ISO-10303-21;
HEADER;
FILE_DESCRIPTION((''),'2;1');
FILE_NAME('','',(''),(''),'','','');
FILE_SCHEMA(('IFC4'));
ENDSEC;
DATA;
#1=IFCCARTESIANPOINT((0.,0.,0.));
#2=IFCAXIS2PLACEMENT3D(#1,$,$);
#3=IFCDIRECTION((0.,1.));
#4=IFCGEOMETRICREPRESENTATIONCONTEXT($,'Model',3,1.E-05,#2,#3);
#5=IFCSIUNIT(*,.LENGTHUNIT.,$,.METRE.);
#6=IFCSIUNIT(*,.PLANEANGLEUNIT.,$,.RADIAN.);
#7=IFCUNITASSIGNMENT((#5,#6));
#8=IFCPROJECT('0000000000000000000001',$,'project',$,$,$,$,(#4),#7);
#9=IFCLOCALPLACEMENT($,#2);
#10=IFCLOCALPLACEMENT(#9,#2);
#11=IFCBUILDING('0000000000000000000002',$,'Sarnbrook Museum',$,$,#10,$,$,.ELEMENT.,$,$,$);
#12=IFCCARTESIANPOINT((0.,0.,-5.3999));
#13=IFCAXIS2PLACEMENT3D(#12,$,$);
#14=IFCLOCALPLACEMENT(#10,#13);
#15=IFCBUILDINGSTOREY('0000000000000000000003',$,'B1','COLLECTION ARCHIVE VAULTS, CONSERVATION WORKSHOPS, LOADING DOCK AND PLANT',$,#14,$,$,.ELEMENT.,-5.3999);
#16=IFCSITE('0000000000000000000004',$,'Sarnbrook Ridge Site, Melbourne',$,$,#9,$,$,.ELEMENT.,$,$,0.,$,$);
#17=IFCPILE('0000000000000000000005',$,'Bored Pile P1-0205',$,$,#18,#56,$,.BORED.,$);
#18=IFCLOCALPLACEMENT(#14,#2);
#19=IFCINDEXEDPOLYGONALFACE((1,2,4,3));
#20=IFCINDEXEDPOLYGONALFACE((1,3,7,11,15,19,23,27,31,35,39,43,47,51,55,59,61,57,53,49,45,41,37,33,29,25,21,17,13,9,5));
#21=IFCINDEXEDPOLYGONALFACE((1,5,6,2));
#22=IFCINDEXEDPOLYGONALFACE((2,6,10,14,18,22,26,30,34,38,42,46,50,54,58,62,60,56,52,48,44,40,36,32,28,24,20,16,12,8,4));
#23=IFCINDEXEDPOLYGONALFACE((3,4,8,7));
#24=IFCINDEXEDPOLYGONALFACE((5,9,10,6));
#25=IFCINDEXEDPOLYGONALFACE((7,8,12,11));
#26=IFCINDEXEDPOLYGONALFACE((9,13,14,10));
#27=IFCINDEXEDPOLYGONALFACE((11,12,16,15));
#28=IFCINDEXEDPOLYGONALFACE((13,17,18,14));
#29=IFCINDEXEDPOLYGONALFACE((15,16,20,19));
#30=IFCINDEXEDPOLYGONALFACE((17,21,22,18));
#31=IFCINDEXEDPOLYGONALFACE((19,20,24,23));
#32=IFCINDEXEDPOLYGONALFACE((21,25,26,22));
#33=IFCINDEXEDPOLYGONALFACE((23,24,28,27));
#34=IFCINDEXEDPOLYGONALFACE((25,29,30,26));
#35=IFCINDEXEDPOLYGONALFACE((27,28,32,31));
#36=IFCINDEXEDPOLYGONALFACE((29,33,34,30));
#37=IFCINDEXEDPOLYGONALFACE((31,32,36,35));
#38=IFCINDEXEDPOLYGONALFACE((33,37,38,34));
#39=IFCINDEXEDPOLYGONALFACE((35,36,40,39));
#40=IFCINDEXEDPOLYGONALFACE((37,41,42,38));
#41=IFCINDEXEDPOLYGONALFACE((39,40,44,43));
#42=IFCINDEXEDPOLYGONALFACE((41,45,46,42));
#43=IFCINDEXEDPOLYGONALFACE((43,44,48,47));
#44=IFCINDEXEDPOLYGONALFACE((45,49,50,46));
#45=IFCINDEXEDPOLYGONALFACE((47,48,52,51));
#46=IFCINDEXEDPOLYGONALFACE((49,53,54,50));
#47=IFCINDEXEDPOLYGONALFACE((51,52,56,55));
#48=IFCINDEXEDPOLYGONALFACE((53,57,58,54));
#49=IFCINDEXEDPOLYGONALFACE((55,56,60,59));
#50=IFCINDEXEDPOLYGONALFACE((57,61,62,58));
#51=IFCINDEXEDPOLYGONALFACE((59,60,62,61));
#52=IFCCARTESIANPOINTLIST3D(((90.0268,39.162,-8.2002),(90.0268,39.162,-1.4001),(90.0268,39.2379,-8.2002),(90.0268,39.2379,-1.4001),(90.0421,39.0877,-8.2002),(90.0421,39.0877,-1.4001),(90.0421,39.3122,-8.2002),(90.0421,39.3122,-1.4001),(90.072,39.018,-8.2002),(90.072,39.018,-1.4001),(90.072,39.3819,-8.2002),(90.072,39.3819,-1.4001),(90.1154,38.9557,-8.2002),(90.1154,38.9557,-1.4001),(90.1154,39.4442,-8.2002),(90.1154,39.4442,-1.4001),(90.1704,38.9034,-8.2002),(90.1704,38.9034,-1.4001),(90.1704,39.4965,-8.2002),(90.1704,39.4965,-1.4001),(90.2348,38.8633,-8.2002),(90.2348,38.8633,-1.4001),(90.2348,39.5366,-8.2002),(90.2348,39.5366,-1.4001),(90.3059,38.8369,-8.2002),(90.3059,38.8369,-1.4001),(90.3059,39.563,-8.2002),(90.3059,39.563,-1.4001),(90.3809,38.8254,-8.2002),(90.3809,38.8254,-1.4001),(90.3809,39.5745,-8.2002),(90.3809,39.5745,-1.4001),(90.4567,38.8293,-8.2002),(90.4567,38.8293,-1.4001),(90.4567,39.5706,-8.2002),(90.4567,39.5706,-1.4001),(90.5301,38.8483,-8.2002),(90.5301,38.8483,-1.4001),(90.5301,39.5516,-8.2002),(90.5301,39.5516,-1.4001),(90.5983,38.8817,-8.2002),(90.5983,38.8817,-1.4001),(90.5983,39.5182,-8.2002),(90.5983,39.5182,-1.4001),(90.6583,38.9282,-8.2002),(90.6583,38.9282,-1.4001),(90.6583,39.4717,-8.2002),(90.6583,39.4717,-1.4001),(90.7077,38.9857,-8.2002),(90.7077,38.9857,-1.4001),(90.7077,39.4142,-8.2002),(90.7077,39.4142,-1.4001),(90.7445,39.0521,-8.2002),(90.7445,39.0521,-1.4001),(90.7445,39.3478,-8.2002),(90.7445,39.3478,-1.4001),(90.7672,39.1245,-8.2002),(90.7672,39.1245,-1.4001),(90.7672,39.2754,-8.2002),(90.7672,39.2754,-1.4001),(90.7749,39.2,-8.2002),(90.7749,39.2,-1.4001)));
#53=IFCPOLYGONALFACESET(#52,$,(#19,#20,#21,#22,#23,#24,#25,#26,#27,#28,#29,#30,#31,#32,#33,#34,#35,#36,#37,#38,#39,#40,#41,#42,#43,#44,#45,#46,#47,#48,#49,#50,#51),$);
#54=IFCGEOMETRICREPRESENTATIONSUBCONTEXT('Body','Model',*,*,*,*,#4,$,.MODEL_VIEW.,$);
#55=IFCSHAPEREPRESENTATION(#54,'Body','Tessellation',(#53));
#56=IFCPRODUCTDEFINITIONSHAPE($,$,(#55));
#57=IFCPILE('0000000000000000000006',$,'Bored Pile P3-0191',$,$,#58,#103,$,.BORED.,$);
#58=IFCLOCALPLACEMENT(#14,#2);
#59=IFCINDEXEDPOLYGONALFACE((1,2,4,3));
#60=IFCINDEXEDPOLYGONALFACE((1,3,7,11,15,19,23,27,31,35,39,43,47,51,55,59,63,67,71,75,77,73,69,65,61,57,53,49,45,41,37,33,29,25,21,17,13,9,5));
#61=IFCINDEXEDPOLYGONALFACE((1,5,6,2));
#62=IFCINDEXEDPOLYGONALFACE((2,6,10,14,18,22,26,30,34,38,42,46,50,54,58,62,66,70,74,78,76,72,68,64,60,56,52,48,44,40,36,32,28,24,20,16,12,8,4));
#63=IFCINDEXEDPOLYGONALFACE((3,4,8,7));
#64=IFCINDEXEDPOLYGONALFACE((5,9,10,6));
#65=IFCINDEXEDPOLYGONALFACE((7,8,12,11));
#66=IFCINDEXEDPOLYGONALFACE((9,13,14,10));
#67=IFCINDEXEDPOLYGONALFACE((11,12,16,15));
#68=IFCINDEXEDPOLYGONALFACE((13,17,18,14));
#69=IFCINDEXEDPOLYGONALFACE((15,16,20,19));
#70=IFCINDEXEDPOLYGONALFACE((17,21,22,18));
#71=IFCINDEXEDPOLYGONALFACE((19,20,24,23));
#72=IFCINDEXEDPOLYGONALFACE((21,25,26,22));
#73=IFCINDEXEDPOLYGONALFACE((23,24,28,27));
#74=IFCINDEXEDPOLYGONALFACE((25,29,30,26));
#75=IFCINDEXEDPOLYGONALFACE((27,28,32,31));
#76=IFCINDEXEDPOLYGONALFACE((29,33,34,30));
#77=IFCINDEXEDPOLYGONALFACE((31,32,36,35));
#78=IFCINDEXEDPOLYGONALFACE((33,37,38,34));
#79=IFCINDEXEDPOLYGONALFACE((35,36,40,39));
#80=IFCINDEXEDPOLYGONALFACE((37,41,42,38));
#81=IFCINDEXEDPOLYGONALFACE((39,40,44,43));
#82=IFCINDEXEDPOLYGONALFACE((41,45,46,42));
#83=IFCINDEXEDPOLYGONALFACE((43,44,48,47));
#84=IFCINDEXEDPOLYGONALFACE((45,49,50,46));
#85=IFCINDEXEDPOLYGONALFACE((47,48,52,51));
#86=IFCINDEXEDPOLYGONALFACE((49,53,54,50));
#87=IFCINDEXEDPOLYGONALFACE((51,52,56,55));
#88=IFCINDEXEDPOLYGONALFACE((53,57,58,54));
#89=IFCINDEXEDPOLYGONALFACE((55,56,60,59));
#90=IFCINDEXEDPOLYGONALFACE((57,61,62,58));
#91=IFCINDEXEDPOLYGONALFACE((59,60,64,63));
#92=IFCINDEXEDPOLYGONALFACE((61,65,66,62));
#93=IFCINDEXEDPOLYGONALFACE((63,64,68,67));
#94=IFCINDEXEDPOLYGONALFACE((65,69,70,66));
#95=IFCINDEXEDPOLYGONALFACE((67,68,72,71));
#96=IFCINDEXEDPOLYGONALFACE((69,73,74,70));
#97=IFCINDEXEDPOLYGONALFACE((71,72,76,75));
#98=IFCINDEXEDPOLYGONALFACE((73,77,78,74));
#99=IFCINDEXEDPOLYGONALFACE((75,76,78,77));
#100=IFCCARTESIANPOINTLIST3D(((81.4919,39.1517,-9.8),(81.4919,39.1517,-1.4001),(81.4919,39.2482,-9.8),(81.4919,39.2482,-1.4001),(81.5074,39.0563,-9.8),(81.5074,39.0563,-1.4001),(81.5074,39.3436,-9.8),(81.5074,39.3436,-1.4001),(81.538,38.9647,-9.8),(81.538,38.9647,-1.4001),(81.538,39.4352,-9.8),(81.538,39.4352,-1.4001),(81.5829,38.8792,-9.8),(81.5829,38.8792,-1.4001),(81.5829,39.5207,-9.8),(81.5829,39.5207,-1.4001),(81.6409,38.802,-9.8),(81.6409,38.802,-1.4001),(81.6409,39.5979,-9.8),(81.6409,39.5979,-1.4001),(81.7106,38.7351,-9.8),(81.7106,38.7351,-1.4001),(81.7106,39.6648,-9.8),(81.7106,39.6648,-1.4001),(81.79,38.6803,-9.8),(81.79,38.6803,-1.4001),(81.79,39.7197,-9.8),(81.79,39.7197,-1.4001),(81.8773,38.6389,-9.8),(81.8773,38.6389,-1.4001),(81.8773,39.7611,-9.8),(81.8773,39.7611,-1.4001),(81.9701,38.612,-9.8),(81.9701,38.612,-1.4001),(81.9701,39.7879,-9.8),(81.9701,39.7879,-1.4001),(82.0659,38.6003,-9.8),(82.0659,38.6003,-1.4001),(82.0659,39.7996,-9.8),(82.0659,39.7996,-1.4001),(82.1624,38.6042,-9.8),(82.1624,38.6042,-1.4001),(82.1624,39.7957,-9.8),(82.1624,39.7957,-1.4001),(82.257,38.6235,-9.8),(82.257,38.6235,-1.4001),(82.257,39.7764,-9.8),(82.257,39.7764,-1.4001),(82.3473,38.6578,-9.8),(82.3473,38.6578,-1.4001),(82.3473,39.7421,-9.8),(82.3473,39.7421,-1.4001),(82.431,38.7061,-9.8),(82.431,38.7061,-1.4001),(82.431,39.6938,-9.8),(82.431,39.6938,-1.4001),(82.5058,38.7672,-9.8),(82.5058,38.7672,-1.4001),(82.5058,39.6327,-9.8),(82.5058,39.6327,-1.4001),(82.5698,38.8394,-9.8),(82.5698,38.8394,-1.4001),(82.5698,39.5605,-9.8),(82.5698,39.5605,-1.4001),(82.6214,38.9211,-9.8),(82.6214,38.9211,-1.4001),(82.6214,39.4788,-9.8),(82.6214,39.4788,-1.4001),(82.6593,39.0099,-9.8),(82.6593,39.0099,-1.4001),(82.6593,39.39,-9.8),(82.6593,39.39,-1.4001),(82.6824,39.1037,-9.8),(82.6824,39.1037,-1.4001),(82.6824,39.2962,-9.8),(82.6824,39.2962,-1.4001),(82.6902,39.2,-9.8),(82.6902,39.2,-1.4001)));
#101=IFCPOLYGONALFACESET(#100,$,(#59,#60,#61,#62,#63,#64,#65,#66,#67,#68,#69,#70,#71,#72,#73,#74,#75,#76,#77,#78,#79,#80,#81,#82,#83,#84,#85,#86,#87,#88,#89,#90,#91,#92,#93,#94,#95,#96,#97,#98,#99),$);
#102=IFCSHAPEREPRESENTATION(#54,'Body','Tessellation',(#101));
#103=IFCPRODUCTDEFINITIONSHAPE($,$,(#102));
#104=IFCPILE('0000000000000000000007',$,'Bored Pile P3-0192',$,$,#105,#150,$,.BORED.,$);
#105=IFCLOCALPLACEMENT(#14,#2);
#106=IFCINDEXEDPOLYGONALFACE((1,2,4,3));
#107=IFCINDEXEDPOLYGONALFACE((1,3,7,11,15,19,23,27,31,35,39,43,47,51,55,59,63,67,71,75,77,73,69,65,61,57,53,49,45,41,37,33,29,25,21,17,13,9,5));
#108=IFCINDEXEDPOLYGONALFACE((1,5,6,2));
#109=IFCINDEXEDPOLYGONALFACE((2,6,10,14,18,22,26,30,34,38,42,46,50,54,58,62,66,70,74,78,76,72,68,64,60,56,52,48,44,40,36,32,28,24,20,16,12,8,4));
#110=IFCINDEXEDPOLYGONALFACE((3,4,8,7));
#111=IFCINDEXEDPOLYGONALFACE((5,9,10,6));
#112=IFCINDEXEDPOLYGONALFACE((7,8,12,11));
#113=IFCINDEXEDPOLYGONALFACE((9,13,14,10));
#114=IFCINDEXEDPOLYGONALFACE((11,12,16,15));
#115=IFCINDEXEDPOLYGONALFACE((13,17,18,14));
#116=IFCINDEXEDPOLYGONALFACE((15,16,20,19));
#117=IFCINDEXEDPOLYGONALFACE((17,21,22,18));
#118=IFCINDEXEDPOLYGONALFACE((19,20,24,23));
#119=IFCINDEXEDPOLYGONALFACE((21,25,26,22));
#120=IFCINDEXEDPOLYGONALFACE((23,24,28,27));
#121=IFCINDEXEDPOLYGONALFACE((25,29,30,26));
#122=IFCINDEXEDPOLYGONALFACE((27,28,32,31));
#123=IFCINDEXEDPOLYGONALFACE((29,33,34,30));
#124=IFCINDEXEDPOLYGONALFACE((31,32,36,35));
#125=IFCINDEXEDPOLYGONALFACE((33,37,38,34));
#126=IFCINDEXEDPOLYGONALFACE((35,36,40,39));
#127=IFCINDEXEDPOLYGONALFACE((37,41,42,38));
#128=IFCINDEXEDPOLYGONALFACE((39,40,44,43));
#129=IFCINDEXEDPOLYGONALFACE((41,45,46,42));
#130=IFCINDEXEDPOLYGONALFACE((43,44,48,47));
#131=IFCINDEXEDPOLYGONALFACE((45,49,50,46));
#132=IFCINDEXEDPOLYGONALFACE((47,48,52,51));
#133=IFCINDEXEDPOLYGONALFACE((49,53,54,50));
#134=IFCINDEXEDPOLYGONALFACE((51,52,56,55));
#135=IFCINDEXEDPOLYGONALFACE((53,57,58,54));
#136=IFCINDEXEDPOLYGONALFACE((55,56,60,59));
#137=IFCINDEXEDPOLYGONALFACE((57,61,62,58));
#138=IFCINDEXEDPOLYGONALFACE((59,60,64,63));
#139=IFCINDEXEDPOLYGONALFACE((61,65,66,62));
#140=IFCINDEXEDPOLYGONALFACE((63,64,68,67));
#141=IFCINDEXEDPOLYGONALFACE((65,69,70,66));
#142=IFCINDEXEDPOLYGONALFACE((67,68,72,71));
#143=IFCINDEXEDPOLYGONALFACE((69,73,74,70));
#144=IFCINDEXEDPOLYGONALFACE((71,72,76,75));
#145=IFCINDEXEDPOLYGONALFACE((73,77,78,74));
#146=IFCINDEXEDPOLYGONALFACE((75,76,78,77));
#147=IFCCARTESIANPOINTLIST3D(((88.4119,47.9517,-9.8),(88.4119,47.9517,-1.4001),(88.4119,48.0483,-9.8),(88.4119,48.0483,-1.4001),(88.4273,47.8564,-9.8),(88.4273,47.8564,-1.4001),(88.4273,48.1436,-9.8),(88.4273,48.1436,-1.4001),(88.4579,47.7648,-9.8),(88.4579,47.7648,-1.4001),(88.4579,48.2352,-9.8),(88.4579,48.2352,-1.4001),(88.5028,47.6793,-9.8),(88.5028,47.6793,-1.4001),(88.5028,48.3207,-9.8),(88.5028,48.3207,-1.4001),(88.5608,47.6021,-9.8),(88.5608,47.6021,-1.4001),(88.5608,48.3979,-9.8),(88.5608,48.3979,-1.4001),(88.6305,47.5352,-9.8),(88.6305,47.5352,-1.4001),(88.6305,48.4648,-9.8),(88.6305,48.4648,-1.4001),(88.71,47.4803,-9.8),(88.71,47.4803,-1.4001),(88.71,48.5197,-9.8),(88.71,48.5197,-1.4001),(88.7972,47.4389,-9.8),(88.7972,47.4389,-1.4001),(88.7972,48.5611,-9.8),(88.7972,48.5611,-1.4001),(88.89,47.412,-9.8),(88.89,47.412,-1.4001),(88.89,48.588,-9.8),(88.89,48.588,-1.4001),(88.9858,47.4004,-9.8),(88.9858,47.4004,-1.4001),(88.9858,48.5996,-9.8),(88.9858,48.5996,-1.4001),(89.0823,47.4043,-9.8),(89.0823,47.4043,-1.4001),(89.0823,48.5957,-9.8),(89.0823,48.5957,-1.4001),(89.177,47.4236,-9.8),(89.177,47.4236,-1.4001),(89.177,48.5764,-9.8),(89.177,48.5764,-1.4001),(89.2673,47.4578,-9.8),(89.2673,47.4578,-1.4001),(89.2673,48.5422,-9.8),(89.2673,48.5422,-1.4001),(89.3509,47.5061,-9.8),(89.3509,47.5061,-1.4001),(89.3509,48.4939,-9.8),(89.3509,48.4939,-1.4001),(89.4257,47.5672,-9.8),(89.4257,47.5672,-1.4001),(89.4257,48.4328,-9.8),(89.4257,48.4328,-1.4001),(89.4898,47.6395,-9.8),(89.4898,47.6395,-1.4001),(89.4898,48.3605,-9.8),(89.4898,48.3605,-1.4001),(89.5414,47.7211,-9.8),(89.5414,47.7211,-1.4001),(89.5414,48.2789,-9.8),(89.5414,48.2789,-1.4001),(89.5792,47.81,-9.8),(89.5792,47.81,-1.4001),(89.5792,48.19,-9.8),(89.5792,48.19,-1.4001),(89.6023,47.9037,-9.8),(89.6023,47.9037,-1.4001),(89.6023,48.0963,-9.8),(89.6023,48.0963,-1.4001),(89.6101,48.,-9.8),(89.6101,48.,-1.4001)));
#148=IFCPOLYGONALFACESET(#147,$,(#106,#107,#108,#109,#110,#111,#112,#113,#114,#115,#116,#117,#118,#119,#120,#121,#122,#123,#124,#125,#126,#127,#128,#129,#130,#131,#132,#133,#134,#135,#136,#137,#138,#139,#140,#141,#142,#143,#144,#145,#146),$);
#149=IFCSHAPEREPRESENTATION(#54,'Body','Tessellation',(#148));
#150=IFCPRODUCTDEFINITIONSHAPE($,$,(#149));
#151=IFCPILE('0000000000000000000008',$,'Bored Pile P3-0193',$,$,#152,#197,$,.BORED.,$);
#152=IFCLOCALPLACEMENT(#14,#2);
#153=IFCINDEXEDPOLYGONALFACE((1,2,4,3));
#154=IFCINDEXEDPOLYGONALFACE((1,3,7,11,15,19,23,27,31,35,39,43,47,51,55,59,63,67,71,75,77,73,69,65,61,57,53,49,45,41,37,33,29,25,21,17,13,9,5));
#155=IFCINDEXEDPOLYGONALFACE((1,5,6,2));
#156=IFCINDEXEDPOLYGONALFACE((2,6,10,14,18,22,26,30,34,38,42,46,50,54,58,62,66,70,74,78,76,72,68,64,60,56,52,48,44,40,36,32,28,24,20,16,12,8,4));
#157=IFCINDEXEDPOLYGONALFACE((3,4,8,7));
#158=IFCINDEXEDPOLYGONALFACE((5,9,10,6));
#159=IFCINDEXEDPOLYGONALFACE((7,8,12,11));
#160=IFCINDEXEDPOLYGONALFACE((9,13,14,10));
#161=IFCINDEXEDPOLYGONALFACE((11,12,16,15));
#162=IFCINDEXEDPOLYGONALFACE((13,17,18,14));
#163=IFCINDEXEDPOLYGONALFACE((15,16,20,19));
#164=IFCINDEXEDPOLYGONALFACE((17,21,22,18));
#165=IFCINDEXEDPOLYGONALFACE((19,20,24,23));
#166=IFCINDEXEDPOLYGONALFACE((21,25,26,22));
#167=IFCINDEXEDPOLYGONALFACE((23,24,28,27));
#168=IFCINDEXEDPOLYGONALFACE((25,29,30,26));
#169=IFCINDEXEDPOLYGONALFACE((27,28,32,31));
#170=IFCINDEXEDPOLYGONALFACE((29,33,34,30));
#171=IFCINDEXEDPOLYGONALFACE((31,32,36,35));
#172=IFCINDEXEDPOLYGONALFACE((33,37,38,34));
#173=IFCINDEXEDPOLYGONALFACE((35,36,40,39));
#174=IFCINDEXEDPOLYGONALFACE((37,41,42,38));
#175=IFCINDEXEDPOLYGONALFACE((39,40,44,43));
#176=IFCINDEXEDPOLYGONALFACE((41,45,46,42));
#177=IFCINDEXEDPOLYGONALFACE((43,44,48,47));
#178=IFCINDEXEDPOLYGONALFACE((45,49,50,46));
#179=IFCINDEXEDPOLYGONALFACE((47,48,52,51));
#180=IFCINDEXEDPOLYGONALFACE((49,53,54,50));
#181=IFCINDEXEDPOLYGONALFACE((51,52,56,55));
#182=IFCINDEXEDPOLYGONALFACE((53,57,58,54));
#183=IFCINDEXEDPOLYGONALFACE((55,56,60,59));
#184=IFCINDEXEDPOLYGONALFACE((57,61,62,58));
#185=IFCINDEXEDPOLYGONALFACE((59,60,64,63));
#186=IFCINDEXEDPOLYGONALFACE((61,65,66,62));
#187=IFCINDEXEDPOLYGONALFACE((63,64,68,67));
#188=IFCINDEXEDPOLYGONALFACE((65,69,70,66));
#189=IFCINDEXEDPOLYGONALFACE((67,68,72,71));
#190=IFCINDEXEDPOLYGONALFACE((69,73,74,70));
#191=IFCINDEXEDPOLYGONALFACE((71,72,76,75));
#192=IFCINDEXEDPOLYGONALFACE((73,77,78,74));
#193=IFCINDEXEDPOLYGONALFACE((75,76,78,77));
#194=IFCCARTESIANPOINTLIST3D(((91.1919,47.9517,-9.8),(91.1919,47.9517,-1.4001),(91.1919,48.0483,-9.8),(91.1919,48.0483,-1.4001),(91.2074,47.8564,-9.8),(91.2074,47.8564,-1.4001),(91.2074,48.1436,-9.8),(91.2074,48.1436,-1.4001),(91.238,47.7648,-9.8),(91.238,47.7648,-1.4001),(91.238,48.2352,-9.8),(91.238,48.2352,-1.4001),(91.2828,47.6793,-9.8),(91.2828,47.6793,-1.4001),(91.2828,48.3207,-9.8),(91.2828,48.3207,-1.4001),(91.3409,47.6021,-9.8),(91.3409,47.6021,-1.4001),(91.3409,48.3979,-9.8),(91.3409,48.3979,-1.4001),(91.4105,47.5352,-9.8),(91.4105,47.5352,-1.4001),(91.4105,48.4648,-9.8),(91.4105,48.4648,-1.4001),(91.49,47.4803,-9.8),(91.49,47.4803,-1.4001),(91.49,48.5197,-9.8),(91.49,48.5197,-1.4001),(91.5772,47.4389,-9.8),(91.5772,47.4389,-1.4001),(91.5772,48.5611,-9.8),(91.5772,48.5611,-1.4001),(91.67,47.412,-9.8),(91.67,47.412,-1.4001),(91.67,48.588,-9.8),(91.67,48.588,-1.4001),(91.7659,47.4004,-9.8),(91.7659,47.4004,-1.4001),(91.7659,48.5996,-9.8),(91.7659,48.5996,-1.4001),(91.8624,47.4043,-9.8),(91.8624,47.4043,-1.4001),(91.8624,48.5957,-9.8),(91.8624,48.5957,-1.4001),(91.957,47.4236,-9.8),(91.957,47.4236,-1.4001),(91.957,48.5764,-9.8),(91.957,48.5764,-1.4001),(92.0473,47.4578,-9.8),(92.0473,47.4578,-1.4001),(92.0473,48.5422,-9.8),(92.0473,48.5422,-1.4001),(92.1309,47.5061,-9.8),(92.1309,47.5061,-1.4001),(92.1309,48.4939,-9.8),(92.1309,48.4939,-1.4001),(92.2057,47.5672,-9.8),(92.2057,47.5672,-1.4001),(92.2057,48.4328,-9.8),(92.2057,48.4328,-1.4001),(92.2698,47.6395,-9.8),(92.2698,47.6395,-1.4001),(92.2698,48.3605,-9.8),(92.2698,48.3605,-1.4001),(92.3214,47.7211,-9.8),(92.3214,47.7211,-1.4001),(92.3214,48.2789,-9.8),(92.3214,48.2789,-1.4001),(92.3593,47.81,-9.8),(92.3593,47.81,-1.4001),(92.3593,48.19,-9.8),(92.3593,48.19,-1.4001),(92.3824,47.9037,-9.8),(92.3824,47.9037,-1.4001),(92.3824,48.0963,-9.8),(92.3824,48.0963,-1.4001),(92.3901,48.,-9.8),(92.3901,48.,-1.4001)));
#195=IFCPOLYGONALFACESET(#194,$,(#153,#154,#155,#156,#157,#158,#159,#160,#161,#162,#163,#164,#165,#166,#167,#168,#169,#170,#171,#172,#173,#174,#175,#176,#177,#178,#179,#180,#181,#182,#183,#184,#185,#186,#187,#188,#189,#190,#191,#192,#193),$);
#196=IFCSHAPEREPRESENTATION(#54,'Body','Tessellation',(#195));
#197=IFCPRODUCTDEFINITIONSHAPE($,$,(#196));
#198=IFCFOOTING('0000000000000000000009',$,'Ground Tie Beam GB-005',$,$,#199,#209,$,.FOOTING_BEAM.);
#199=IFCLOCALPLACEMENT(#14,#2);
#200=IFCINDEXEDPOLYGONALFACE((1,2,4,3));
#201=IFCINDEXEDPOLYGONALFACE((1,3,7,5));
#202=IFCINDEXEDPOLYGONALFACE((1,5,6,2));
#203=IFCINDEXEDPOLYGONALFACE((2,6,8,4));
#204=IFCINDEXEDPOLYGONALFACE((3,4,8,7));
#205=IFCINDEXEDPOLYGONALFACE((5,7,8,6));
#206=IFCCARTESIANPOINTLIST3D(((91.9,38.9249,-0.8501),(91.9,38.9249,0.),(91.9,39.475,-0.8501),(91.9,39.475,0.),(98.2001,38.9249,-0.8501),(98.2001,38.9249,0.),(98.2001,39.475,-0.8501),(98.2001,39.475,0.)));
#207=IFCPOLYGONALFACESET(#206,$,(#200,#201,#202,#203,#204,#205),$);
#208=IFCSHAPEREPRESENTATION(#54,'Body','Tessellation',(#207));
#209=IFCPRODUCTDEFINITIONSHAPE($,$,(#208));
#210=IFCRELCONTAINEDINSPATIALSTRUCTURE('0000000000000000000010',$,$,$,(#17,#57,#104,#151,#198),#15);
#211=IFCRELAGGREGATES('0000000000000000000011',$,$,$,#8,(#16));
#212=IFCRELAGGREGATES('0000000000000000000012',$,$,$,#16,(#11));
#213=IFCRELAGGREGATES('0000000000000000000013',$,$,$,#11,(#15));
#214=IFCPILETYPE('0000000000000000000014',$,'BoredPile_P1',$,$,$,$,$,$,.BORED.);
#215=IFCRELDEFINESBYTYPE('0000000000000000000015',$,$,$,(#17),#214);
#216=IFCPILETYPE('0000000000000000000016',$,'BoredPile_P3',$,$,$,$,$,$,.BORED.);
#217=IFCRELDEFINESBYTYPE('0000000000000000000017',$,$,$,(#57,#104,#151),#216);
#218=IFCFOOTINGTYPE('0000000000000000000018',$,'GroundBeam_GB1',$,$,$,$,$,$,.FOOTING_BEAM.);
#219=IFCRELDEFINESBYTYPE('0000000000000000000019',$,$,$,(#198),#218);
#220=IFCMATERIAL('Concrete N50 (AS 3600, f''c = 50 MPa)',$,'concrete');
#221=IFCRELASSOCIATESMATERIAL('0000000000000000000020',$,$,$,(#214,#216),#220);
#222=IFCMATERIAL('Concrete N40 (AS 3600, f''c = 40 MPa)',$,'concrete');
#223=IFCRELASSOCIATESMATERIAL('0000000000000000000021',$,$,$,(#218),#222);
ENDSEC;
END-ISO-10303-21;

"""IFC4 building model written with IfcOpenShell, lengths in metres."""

from ifc_helpers import new_model, si_unit, direction, frame, origin, origin_2d, place, context, subcontext, project, spatial, rectangle, circle, extrude, material, material_profile, profile_set, type_object, element, save


model = new_model("IFC4")

# Units and contexts
model_context = context("Model", 3, precision=1e-05, world=origin(), true_north=direction((0.0, 1.0)))
body_context = subcontext(model_context, "Body", "Model", "MODEL_VIEW")
ifc_project = project(units=[si_unit("LENGTHUNIT", "METRE"), si_unit("PLANEANGLEUNIT", "RADIAN")], contexts=[model_context])

# Site, building, storey
site_placement = place(None, origin())
site = spatial("IfcSite", under=ifc_project, at=site_placement, Name="Sarnbrook Ridge Site, Melbourne", CompositionType="ELEMENT", RefElevation=0.0)
building_placement = place(site_placement, origin())
building = spatial("IfcBuilding", under=site, at=building_placement, Name="Sarnbrook Museum", CompositionType="ELEMENT")
storey_placement = place(building_placement, frame((0.0, 0.0, -5.3999)))
storey = spatial("IfcBuildingStorey", under=building, at=storey_placement, Name="B1", Description="COLLECTION ARCHIVE VAULTS, CONSERVATION WORKSHOPS, LOADING DOCK AND PLANT", CompositionType="ELEMENT", Elevation=-5.3999)

# Piles
ifc_material_1 = material(Name="Concrete N50 (AS 3600, f'c = 50 MPa)", Category="concrete")
ifc_material_profile_1 = material_profile(ifc_material_1, circle(Radius=0.375, at=origin_2d()), Name="BORED PILE D750")
ifc_profile_set_1 = profile_set([ifc_material_profile_1], Name="Concrete N50 (AS 3600, f'c = 50 MPa)")
pile_type_1 = type_object("IfcPileType", Name="BoredPile_P1", PredefinedType="BORED", material=ifc_profile_set_1)
pile_placement = place(storey_placement, frame((90.3999, 39.2, -1.4001), z_axis=(0.0, 0.0, -1.0), x_axis=(1.0, 0.0, 0.0)))
element("IfcPile", 1, at=pile_placement, inside=storey, type_object=pile_type_1, Name="Bored Pile P1-0205", PredefinedType="BORED", context=body_context, shape_type="SweptSolid", body=[
    extrude(circle(Radius=0.375, at=origin_2d()), origin(), (0.0, 0.0, 1.0), 6.8),
])
ifc_material_profile_2 = material_profile(ifc_material_1, circle(Radius=0.6001, at=origin_2d()), Name="BORED PILE D1200")
ifc_profile_set_2 = profile_set([ifc_material_profile_2], Name="Concrete N50 (AS 3600, f'c = 50 MPa)")
pile_type_2 = type_object("IfcPileType", Name="BoredPile_P3", PredefinedType="BORED", material=ifc_profile_set_2)
for number, where, z_axis, x_axis, name in (
    (2, (82.0901, 39.2, -1.4001), (0.0, 0.0, -1.0), (1.0, 0.0, 0.0), "Bored Pile P3-0191"),
    (3, (89.01, 48.0, -1.4001), (0.0, 0.0, -1.0), (1.0, 0.0, 0.0), "Bored Pile P3-0192"),
    (4, (91.79, 48.0, -1.4001), (0.0, 0.0, -1.0), (1.0, 0.0, 0.0), "Bored Pile P3-0193"),
):
    element("IfcPile", number, at=place(storey_placement, frame(where, z_axis=z_axis, x_axis=x_axis)), inside=storey, type_object=pile_type_2, Name=name, PredefinedType="BORED", context=body_context, shape_type="SweptSolid", body=[
        extrude(circle(Radius=0.6001, at=origin_2d()), origin(), (0.0, 0.0, 1.0), 8.3999),
    ])

# Footing
ifc_material_2 = material(Name="Concrete N40 (AS 3600, f'c = 40 MPa)", Category="concrete")
footing_type_1 = type_object("IfcFootingType", Name="GroundBeam_GB1", PredefinedType="FOOTING_BEAM", material=ifc_material_2)
footing_1_placement = place(storey_placement, frame((95.05, 39.2, -0.8501), z_axis=(0.0, 0.0, 1.0), x_axis=(1.0, 0.0, 0.0)))
element("IfcFooting", 5, at=footing_1_placement, inside=storey, type_object=footing_type_1, Name="Ground Tie Beam GB-005", PredefinedType="FOOTING_BEAM", context=body_context, shape_type="SweptSolid", body=[
    extrude(rectangle(XDim=6.3, YDim=0.55, at=origin_2d()), origin(), (0.0, 0.0, 1.0), 0.8501),
])

save(model, "model.ifc")
